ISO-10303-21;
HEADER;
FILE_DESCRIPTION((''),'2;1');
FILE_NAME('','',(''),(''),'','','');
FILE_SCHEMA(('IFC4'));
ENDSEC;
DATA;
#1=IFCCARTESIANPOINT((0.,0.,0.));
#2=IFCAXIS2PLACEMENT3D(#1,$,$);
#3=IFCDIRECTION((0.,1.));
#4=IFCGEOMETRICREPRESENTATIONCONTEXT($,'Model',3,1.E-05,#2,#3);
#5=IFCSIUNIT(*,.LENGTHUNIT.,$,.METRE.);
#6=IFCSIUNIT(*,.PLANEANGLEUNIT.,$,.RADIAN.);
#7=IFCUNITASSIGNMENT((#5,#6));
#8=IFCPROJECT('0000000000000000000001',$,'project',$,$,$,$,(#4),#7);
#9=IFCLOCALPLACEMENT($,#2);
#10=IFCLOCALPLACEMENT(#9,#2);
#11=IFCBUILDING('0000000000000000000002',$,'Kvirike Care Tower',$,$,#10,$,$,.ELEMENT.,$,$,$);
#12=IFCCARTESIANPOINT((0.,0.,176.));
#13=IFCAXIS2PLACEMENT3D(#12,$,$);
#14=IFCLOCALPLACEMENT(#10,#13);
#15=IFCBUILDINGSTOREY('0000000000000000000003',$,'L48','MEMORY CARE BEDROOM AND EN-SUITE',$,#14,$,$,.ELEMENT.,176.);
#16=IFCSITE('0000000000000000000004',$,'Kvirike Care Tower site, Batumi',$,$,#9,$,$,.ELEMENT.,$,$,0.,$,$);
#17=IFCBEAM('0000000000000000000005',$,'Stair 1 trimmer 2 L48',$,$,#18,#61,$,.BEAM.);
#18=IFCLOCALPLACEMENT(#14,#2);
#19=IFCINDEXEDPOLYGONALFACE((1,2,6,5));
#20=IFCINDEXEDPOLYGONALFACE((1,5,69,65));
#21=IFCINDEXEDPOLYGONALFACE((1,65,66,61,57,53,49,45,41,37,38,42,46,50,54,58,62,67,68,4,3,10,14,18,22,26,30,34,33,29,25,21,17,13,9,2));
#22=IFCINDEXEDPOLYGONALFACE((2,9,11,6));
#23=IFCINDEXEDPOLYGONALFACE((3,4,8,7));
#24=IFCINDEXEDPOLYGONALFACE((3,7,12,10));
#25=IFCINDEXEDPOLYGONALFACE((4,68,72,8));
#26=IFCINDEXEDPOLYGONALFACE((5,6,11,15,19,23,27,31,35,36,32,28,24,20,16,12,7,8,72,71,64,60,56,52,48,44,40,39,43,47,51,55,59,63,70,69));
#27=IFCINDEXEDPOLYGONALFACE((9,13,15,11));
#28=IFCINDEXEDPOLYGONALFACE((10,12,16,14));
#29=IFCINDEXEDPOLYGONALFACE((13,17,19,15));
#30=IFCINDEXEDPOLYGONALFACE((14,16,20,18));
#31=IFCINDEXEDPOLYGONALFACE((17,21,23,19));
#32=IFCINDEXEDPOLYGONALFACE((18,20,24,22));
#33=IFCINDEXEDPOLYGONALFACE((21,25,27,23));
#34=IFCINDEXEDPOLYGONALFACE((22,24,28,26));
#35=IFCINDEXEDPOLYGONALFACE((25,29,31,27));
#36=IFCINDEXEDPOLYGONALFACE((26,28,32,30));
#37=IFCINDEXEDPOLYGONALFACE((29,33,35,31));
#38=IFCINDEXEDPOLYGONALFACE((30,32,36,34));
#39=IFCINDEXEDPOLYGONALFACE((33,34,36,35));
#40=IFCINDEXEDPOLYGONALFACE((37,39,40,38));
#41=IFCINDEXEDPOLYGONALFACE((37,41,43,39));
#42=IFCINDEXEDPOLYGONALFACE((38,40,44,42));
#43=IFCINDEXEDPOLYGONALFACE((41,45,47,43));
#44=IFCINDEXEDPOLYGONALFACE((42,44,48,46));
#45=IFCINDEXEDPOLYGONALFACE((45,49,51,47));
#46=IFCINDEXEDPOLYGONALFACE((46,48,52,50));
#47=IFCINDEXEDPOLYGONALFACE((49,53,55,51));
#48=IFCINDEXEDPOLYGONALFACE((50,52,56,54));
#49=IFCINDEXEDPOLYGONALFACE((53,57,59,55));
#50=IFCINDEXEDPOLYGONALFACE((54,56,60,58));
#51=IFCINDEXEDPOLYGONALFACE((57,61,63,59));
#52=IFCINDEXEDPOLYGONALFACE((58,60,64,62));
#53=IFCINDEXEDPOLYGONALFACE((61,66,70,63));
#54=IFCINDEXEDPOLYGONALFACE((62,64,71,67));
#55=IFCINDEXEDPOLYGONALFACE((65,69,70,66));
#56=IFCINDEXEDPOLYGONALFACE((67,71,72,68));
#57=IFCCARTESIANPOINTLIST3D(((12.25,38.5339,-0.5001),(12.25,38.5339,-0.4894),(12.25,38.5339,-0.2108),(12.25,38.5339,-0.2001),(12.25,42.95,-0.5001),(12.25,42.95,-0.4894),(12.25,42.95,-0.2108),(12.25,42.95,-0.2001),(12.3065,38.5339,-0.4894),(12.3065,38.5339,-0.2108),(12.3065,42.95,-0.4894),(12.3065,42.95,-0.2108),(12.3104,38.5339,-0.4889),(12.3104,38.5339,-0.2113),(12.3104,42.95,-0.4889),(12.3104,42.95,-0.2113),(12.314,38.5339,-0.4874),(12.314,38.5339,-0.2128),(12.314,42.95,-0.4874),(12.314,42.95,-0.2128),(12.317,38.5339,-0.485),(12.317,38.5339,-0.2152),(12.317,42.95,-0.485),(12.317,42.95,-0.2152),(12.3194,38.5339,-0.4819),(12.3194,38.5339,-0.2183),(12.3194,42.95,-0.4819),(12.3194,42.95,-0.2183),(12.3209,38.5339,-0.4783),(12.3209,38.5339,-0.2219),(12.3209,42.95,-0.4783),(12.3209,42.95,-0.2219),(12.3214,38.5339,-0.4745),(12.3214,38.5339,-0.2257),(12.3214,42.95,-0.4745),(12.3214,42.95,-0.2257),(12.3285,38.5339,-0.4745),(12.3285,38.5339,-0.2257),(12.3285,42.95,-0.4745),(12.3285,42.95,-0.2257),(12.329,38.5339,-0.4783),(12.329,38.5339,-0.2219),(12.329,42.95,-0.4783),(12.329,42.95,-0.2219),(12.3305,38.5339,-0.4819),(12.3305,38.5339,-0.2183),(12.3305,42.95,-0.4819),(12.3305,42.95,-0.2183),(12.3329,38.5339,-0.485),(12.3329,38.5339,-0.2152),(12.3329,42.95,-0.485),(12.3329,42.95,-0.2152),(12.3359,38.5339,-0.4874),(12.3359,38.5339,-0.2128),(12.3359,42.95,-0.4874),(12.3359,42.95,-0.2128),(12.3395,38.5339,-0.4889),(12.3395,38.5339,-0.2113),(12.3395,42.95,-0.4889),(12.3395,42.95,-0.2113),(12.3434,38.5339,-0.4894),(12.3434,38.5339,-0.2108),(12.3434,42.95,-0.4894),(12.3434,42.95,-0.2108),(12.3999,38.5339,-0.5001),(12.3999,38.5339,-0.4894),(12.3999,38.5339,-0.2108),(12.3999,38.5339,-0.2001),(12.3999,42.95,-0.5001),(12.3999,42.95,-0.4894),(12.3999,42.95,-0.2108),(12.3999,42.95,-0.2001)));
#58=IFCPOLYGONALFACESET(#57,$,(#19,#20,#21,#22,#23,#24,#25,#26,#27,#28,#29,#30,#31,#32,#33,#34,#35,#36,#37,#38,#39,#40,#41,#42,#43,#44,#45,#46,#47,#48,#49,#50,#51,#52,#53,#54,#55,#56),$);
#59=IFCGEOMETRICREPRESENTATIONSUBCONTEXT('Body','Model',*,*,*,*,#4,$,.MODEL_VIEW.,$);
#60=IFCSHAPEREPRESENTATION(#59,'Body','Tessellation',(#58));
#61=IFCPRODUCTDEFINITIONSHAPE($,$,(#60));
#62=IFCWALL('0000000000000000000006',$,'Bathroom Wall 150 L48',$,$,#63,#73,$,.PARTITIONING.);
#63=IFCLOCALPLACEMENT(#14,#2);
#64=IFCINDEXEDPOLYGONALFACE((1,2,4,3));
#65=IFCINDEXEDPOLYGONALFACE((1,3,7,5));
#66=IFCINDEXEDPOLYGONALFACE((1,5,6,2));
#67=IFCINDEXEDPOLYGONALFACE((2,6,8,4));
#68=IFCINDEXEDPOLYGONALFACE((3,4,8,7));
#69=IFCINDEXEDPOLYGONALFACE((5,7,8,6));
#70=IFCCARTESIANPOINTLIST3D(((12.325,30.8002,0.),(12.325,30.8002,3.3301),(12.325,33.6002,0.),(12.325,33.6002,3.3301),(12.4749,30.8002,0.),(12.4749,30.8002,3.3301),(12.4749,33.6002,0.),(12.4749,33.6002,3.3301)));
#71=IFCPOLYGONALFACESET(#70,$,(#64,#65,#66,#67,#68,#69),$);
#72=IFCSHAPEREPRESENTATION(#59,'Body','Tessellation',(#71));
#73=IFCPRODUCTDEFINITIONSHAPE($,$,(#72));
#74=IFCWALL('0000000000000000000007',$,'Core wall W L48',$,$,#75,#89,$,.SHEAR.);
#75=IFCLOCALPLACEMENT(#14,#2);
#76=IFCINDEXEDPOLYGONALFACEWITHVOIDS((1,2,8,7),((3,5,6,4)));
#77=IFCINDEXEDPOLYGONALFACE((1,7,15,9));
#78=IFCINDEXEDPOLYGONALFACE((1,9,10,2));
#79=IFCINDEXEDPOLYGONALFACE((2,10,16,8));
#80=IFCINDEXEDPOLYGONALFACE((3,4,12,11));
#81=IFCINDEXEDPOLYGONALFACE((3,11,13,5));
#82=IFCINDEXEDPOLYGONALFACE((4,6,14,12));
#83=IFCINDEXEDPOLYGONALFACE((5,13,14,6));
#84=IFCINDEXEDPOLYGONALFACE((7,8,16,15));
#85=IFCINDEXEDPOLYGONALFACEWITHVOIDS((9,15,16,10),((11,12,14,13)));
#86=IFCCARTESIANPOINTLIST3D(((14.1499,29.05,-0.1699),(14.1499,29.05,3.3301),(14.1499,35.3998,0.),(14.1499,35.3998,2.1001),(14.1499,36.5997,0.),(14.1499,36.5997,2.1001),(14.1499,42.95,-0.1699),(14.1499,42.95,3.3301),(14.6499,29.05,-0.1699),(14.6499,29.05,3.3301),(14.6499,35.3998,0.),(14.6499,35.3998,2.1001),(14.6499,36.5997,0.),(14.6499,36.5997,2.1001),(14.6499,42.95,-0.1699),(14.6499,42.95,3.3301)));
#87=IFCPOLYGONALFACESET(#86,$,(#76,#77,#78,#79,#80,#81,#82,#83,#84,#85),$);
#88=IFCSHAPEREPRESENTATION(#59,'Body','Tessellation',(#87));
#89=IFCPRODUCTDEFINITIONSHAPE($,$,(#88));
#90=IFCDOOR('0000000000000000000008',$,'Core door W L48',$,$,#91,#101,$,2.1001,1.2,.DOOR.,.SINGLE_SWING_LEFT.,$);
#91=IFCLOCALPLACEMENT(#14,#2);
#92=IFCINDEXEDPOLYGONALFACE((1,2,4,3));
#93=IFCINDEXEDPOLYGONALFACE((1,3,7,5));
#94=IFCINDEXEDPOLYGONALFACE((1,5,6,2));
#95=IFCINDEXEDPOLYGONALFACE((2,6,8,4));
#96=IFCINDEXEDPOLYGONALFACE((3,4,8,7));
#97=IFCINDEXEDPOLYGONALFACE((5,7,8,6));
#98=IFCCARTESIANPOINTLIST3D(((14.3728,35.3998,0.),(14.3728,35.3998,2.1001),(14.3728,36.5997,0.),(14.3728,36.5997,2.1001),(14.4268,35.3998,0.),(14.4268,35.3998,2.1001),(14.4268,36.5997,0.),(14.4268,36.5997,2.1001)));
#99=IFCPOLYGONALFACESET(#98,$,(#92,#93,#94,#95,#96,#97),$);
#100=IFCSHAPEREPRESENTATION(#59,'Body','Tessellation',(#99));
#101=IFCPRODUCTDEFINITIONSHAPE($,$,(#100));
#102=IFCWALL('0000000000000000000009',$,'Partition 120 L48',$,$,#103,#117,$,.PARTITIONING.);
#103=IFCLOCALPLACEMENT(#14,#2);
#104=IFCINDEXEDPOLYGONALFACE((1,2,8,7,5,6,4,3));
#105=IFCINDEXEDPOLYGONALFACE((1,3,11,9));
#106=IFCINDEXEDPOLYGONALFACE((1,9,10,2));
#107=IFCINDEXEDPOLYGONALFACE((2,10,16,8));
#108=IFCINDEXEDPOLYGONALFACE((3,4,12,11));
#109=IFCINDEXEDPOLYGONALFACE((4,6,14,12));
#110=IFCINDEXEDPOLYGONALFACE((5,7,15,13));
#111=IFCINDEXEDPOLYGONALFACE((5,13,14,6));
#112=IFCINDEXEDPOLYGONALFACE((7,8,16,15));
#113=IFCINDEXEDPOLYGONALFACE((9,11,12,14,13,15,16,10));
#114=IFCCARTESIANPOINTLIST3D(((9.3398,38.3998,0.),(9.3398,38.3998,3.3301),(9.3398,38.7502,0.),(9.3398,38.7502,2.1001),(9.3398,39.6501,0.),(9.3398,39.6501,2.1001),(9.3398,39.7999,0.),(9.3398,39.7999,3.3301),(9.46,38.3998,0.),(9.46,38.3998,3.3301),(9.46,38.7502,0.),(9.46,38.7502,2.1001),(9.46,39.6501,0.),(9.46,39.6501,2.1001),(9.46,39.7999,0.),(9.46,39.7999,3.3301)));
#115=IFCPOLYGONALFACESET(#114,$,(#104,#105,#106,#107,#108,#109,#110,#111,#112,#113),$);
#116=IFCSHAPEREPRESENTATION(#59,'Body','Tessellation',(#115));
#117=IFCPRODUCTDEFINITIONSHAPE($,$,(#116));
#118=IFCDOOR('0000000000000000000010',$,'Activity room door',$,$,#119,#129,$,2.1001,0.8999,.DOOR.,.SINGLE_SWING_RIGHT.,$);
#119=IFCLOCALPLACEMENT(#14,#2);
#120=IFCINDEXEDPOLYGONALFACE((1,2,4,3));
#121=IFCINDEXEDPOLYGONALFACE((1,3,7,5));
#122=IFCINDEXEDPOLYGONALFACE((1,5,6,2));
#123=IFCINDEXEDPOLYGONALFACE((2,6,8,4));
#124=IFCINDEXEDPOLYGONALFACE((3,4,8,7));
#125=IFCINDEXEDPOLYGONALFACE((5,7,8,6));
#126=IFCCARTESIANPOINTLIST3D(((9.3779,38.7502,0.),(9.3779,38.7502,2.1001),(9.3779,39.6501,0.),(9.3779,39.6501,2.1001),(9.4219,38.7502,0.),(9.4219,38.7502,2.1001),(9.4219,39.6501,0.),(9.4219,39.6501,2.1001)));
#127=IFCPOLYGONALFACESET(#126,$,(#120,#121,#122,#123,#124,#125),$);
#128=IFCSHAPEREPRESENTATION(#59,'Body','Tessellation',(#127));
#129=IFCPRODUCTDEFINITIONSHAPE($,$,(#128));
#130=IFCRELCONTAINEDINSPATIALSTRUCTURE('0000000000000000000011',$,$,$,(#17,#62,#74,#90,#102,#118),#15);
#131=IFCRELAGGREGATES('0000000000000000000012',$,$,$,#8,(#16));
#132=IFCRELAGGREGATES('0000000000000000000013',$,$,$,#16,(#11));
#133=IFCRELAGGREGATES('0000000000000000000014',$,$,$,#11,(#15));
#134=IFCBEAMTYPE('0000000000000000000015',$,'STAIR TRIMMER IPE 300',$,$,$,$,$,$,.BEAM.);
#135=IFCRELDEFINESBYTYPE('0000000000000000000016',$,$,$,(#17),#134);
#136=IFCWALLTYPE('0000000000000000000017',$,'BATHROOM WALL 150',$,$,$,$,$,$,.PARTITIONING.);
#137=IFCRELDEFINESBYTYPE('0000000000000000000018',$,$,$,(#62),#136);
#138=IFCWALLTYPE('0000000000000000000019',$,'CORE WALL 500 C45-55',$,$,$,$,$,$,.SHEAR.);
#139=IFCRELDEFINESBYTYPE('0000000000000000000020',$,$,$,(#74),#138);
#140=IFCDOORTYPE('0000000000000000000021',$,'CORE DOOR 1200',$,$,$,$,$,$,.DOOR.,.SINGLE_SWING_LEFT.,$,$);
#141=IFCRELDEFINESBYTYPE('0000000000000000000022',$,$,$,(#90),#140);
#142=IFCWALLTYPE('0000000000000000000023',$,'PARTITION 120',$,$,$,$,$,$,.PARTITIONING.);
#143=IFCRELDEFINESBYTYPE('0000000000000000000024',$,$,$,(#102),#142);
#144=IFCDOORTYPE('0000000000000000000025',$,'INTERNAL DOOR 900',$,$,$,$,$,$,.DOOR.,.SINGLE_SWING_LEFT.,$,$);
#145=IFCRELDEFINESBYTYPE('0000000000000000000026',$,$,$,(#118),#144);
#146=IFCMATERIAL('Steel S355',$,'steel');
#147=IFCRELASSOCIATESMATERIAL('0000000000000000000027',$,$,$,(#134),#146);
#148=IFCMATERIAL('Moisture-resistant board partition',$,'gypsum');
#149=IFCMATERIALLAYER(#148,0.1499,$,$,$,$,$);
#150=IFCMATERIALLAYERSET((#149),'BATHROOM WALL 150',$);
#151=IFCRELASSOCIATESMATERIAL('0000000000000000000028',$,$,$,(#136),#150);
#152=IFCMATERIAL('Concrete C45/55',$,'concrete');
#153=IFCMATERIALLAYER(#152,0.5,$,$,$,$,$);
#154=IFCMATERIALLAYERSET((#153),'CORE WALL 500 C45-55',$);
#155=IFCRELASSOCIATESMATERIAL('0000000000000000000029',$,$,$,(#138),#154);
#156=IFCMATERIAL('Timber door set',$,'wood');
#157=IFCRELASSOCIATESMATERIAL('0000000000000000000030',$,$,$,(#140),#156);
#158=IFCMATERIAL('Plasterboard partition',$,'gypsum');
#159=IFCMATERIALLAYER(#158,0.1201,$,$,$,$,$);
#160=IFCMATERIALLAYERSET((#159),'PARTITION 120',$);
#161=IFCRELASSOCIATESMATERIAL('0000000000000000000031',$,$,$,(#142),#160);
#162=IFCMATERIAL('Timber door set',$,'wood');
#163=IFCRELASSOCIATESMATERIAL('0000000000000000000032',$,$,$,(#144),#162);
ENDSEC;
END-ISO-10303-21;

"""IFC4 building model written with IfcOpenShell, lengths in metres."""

from ifc_helpers import new_model, si_unit, direction, frame, frame_2d, origin, origin_2d, place, context, subcontext, project, spatial, rectangle, i_section, extrude, material, layer, layer_set, material_profile, profile_set, type_object, element, fill, save


model = new_model("IFC4")

# Units and contexts
model_context = context("Model", 3, precision=1e-05, world=origin(), true_north=direction((0.0, 1.0)))
body_context = subcontext(model_context, "Body", "Model", "MODEL_VIEW")
ifc_project = project(units=[si_unit("LENGTHUNIT", "METRE"), si_unit("PLANEANGLEUNIT", "RADIAN")], contexts=[model_context])

# Site, building, storey
site_placement = place(None, origin())
site = spatial("IfcSite", under=ifc_project, at=site_placement, Name="Kvirike Care Tower site, Batumi", CompositionType="ELEMENT", RefElevation=0.0)
building_placement = place(site_placement, origin())
building = spatial("IfcBuilding", under=site, at=building_placement, Name="Kvirike Care Tower", CompositionType="ELEMENT")
storey_placement = place(building_placement, frame((0.0, 0.0, 176.0)))
storey = spatial("IfcBuildingStorey", under=building, at=storey_placement, Name="L48", Description="MEMORY CARE BEDROOM AND EN-SUITE", CompositionType="ELEMENT", Elevation=176.0)

# Beam
ifc_material_1 = material(Name="Steel S355", Category="steel")
ifc_material_profile_1 = material_profile(ifc_material_1, i_section(OverallWidth=0.1499, OverallDepth=0.3, WebThickness=0.0071, FlangeThickness=0.0107, FilletRadius=0.0149, at=origin_2d()), Name="IPE 300")
ifc_profile_set_1 = profile_set([ifc_material_profile_1], Name="Steel S355")
beam_type_1 = type_object("IfcBeamType", Name="STAIR TRIMMER IPE 300", PredefinedType="BEAM", material=ifc_profile_set_1)
for number, where, z_axis, x_axis, name in (
    (1, (12.325, 42.95, -0.3501), (0.0, -1.0, 0.0), (1.0, 0.0, 0.0), "Stair 1 trimmer 2 L48"),
):
    element("IfcBeam", number, at=place(storey_placement, frame(where, z_axis=z_axis, x_axis=x_axis)), inside=storey, type_object=beam_type_1, Name=name, PredefinedType="BEAM", context=body_context, shape_type="SweptSolid", body=[
        extrude(i_section(OverallWidth=0.1499, OverallDepth=0.3, WebThickness=0.0071, FlangeThickness=0.0107, FilletRadius=0.0149, at=origin_2d()), origin(), (0.0, 0.0, 1.0), 4.416),
    ])

# Wall
ifc_material_2 = material(Name="Moisture-resistant board partition", Category="gypsum")
ifc_layer_1 = layer(ifc_material_2, 0.1499)
ifc_layer_set_1 = layer_set([ifc_layer_1], Name="BATHROOM WALL 150")
wall_type_1 = type_object("IfcWallType", Name="BATHROOM WALL 150", PredefinedType="PARTITIONING", material=ifc_layer_set_1)
wall_1_placement = place(storey_placement, frame((12.3999, 33.6001, 0.0), z_axis=(0.0, 0.0, 1.0), x_axis=(0.0, -1.0, 0.0)))
element("IfcWall", 2, at=wall_1_placement, inside=storey, type_object=wall_type_1, Name="Bathroom Wall 150 L48", PredefinedType="PARTITIONING", context=body_context, shape_type="SweptSolid", body=[
    extrude(rectangle(XDim=2.8, YDim=0.1499, at=frame_2d((1.3999, 0.0))), origin(), (0.0, 0.0, 1.0), 3.3301),
])

# Walls, openings, doors
ifc_material_3 = material(Name="Concrete C45/55", Category="concrete")
ifc_layer_2 = layer(ifc_material_3, 0.5)
ifc_layer_set_2 = layer_set([ifc_layer_2], Name="CORE WALL 500 C45-55")
wall_type_2 = type_object("IfcWallType", Name="CORE WALL 500 C45-55", PredefinedType="SHEAR", material=ifc_layer_set_2)
wall_2_placement = place(storey_placement, frame((14.3999, 42.95, -0.1699), z_axis=(0.0, 0.0, 1.0), x_axis=(0.0, -1.0, 0.0)))
wall_2 = element("IfcWall", 3, at=wall_2_placement, inside=storey, type_object=wall_type_2, Name="Core wall W L48", PredefinedType="SHEAR", context=body_context, shape_type="SweptSolid", body=[
    extrude(rectangle(XDim=13.8999, YDim=0.5, at=frame_2d((6.95, 0.0))), origin(), (0.0, 0.0, 1.0), 3.5),
])
opening_1_placement = place(wall_2_placement, frame((6.3501, 0.0, 0.1699)))
opening_1 = element("IfcOpeningElement", 4, at=opening_1_placement, cuts=wall_2, PredefinedType="OPENING", context=body_context, shape_type="SweptSolid", body=[
    extrude(rectangle(XDim=1.2, YDim=2.1001, at=frame_2d((0.6001, 1.05))), frame((0.0, 0.2605, 0.0), z_axis=(0.0, -1.0, 0.0), x_axis=(1.0, 0.0, 0.0)), (0.0, 0.0, 1.0), 0.521),
])
ifc_material_4 = material(Name="Timber door set", Category="wood")
door_type_1 = type_object("IfcDoorType", Name="CORE DOOR 1200", OperationType="SINGLE_SWING_LEFT", PredefinedType="DOOR", material=ifc_material_4)
door_1_placement = place(opening_1_placement, origin())
door_1 = element("IfcDoor", 5, at=door_1_placement, inside=storey, type_object=door_type_1, Name="Core door W L48", OperationType="SINGLE_SWING_LEFT", OverallHeight=2.1001, OverallWidth=1.2, PredefinedType="DOOR", context=body_context, shape_type="SweptSolid", body=[
    extrude(rectangle(XDim=1.2, YDim=2.1001, at=frame_2d((0.6001, 1.05))), frame((0.0, 0.0269, 0.0), z_axis=(0.0, -1.0, 0.0), x_axis=(1.0, 0.0, 0.0)), (0.0, 0.0, 1.0), 0.054),
])
fill(opening_1, door_1)
ifc_material_5 = material(Name="Plasterboard partition", Category="gypsum")
ifc_layer_3 = layer(ifc_material_5, 0.1201)
ifc_layer_set_3 = layer_set([ifc_layer_3], Name="PARTITION 120")
wall_type_3 = type_object("IfcWallType", Name="PARTITION 120", PredefinedType="PARTITIONING", material=ifc_layer_set_3)
wall_3_placement = place(storey_placement, frame((9.3999, 39.8, 0.0), z_axis=(0.0, 0.0, 1.0), x_axis=(0.0, -1.0, 0.0)))
wall_3 = element("IfcWall", 6, at=wall_3_placement, inside=storey, type_object=wall_type_3, Name="Partition 120 L48", PredefinedType="PARTITIONING", context=body_context, shape_type="SweptSolid", body=[
    extrude(rectangle(XDim=1.4001, YDim=0.1201, at=frame_2d((0.7002, 0.0))), origin(), (0.0, 0.0, 1.0), 3.3301),
])
opening_2_placement = place(wall_3_placement, frame((0.1499, 0.0, 0.0)))
opening_2 = element("IfcOpeningElement", 7, at=opening_2_placement, cuts=wall_3, PredefinedType="OPENING", context=body_context, shape_type="SweptSolid", body=[
    extrude(rectangle(XDim=0.8999, YDim=2.1001, at=frame_2d((0.45, 1.05))), frame((0.0, 0.0706, 0.0), z_axis=(0.0, -1.0, 0.0), x_axis=(1.0, 0.0, 0.0)), (0.0, 0.0, 1.0), 0.1411),
])
ifc_material_6 = material(Name="Timber door set", Category="wood")
door_type_2 = type_object("IfcDoorType", Name="INTERNAL DOOR 900", OperationType="SINGLE_SWING_LEFT", PredefinedType="DOOR", material=ifc_material_6)
door_2_placement = place(opening_2_placement, origin())
door_2 = element("IfcDoor", 8, at=door_2_placement, inside=storey, type_object=door_type_2, Name="Activity room door", OperationType="SINGLE_SWING_RIGHT", OverallHeight=2.1001, OverallWidth=0.8999, PredefinedType="DOOR", context=body_context, shape_type="SweptSolid", body=[
    extrude(rectangle(XDim=0.8999, YDim=2.1001, at=frame_2d((0.45, 1.05))), frame((0.0, 0.022, 0.0), z_axis=(0.0, -1.0, 0.0), x_axis=(1.0, 0.0, 0.0)), (0.0, 0.0, 1.0), 0.0439),
])
fill(opening_2, door_2)

save(model, "model.ifc")
